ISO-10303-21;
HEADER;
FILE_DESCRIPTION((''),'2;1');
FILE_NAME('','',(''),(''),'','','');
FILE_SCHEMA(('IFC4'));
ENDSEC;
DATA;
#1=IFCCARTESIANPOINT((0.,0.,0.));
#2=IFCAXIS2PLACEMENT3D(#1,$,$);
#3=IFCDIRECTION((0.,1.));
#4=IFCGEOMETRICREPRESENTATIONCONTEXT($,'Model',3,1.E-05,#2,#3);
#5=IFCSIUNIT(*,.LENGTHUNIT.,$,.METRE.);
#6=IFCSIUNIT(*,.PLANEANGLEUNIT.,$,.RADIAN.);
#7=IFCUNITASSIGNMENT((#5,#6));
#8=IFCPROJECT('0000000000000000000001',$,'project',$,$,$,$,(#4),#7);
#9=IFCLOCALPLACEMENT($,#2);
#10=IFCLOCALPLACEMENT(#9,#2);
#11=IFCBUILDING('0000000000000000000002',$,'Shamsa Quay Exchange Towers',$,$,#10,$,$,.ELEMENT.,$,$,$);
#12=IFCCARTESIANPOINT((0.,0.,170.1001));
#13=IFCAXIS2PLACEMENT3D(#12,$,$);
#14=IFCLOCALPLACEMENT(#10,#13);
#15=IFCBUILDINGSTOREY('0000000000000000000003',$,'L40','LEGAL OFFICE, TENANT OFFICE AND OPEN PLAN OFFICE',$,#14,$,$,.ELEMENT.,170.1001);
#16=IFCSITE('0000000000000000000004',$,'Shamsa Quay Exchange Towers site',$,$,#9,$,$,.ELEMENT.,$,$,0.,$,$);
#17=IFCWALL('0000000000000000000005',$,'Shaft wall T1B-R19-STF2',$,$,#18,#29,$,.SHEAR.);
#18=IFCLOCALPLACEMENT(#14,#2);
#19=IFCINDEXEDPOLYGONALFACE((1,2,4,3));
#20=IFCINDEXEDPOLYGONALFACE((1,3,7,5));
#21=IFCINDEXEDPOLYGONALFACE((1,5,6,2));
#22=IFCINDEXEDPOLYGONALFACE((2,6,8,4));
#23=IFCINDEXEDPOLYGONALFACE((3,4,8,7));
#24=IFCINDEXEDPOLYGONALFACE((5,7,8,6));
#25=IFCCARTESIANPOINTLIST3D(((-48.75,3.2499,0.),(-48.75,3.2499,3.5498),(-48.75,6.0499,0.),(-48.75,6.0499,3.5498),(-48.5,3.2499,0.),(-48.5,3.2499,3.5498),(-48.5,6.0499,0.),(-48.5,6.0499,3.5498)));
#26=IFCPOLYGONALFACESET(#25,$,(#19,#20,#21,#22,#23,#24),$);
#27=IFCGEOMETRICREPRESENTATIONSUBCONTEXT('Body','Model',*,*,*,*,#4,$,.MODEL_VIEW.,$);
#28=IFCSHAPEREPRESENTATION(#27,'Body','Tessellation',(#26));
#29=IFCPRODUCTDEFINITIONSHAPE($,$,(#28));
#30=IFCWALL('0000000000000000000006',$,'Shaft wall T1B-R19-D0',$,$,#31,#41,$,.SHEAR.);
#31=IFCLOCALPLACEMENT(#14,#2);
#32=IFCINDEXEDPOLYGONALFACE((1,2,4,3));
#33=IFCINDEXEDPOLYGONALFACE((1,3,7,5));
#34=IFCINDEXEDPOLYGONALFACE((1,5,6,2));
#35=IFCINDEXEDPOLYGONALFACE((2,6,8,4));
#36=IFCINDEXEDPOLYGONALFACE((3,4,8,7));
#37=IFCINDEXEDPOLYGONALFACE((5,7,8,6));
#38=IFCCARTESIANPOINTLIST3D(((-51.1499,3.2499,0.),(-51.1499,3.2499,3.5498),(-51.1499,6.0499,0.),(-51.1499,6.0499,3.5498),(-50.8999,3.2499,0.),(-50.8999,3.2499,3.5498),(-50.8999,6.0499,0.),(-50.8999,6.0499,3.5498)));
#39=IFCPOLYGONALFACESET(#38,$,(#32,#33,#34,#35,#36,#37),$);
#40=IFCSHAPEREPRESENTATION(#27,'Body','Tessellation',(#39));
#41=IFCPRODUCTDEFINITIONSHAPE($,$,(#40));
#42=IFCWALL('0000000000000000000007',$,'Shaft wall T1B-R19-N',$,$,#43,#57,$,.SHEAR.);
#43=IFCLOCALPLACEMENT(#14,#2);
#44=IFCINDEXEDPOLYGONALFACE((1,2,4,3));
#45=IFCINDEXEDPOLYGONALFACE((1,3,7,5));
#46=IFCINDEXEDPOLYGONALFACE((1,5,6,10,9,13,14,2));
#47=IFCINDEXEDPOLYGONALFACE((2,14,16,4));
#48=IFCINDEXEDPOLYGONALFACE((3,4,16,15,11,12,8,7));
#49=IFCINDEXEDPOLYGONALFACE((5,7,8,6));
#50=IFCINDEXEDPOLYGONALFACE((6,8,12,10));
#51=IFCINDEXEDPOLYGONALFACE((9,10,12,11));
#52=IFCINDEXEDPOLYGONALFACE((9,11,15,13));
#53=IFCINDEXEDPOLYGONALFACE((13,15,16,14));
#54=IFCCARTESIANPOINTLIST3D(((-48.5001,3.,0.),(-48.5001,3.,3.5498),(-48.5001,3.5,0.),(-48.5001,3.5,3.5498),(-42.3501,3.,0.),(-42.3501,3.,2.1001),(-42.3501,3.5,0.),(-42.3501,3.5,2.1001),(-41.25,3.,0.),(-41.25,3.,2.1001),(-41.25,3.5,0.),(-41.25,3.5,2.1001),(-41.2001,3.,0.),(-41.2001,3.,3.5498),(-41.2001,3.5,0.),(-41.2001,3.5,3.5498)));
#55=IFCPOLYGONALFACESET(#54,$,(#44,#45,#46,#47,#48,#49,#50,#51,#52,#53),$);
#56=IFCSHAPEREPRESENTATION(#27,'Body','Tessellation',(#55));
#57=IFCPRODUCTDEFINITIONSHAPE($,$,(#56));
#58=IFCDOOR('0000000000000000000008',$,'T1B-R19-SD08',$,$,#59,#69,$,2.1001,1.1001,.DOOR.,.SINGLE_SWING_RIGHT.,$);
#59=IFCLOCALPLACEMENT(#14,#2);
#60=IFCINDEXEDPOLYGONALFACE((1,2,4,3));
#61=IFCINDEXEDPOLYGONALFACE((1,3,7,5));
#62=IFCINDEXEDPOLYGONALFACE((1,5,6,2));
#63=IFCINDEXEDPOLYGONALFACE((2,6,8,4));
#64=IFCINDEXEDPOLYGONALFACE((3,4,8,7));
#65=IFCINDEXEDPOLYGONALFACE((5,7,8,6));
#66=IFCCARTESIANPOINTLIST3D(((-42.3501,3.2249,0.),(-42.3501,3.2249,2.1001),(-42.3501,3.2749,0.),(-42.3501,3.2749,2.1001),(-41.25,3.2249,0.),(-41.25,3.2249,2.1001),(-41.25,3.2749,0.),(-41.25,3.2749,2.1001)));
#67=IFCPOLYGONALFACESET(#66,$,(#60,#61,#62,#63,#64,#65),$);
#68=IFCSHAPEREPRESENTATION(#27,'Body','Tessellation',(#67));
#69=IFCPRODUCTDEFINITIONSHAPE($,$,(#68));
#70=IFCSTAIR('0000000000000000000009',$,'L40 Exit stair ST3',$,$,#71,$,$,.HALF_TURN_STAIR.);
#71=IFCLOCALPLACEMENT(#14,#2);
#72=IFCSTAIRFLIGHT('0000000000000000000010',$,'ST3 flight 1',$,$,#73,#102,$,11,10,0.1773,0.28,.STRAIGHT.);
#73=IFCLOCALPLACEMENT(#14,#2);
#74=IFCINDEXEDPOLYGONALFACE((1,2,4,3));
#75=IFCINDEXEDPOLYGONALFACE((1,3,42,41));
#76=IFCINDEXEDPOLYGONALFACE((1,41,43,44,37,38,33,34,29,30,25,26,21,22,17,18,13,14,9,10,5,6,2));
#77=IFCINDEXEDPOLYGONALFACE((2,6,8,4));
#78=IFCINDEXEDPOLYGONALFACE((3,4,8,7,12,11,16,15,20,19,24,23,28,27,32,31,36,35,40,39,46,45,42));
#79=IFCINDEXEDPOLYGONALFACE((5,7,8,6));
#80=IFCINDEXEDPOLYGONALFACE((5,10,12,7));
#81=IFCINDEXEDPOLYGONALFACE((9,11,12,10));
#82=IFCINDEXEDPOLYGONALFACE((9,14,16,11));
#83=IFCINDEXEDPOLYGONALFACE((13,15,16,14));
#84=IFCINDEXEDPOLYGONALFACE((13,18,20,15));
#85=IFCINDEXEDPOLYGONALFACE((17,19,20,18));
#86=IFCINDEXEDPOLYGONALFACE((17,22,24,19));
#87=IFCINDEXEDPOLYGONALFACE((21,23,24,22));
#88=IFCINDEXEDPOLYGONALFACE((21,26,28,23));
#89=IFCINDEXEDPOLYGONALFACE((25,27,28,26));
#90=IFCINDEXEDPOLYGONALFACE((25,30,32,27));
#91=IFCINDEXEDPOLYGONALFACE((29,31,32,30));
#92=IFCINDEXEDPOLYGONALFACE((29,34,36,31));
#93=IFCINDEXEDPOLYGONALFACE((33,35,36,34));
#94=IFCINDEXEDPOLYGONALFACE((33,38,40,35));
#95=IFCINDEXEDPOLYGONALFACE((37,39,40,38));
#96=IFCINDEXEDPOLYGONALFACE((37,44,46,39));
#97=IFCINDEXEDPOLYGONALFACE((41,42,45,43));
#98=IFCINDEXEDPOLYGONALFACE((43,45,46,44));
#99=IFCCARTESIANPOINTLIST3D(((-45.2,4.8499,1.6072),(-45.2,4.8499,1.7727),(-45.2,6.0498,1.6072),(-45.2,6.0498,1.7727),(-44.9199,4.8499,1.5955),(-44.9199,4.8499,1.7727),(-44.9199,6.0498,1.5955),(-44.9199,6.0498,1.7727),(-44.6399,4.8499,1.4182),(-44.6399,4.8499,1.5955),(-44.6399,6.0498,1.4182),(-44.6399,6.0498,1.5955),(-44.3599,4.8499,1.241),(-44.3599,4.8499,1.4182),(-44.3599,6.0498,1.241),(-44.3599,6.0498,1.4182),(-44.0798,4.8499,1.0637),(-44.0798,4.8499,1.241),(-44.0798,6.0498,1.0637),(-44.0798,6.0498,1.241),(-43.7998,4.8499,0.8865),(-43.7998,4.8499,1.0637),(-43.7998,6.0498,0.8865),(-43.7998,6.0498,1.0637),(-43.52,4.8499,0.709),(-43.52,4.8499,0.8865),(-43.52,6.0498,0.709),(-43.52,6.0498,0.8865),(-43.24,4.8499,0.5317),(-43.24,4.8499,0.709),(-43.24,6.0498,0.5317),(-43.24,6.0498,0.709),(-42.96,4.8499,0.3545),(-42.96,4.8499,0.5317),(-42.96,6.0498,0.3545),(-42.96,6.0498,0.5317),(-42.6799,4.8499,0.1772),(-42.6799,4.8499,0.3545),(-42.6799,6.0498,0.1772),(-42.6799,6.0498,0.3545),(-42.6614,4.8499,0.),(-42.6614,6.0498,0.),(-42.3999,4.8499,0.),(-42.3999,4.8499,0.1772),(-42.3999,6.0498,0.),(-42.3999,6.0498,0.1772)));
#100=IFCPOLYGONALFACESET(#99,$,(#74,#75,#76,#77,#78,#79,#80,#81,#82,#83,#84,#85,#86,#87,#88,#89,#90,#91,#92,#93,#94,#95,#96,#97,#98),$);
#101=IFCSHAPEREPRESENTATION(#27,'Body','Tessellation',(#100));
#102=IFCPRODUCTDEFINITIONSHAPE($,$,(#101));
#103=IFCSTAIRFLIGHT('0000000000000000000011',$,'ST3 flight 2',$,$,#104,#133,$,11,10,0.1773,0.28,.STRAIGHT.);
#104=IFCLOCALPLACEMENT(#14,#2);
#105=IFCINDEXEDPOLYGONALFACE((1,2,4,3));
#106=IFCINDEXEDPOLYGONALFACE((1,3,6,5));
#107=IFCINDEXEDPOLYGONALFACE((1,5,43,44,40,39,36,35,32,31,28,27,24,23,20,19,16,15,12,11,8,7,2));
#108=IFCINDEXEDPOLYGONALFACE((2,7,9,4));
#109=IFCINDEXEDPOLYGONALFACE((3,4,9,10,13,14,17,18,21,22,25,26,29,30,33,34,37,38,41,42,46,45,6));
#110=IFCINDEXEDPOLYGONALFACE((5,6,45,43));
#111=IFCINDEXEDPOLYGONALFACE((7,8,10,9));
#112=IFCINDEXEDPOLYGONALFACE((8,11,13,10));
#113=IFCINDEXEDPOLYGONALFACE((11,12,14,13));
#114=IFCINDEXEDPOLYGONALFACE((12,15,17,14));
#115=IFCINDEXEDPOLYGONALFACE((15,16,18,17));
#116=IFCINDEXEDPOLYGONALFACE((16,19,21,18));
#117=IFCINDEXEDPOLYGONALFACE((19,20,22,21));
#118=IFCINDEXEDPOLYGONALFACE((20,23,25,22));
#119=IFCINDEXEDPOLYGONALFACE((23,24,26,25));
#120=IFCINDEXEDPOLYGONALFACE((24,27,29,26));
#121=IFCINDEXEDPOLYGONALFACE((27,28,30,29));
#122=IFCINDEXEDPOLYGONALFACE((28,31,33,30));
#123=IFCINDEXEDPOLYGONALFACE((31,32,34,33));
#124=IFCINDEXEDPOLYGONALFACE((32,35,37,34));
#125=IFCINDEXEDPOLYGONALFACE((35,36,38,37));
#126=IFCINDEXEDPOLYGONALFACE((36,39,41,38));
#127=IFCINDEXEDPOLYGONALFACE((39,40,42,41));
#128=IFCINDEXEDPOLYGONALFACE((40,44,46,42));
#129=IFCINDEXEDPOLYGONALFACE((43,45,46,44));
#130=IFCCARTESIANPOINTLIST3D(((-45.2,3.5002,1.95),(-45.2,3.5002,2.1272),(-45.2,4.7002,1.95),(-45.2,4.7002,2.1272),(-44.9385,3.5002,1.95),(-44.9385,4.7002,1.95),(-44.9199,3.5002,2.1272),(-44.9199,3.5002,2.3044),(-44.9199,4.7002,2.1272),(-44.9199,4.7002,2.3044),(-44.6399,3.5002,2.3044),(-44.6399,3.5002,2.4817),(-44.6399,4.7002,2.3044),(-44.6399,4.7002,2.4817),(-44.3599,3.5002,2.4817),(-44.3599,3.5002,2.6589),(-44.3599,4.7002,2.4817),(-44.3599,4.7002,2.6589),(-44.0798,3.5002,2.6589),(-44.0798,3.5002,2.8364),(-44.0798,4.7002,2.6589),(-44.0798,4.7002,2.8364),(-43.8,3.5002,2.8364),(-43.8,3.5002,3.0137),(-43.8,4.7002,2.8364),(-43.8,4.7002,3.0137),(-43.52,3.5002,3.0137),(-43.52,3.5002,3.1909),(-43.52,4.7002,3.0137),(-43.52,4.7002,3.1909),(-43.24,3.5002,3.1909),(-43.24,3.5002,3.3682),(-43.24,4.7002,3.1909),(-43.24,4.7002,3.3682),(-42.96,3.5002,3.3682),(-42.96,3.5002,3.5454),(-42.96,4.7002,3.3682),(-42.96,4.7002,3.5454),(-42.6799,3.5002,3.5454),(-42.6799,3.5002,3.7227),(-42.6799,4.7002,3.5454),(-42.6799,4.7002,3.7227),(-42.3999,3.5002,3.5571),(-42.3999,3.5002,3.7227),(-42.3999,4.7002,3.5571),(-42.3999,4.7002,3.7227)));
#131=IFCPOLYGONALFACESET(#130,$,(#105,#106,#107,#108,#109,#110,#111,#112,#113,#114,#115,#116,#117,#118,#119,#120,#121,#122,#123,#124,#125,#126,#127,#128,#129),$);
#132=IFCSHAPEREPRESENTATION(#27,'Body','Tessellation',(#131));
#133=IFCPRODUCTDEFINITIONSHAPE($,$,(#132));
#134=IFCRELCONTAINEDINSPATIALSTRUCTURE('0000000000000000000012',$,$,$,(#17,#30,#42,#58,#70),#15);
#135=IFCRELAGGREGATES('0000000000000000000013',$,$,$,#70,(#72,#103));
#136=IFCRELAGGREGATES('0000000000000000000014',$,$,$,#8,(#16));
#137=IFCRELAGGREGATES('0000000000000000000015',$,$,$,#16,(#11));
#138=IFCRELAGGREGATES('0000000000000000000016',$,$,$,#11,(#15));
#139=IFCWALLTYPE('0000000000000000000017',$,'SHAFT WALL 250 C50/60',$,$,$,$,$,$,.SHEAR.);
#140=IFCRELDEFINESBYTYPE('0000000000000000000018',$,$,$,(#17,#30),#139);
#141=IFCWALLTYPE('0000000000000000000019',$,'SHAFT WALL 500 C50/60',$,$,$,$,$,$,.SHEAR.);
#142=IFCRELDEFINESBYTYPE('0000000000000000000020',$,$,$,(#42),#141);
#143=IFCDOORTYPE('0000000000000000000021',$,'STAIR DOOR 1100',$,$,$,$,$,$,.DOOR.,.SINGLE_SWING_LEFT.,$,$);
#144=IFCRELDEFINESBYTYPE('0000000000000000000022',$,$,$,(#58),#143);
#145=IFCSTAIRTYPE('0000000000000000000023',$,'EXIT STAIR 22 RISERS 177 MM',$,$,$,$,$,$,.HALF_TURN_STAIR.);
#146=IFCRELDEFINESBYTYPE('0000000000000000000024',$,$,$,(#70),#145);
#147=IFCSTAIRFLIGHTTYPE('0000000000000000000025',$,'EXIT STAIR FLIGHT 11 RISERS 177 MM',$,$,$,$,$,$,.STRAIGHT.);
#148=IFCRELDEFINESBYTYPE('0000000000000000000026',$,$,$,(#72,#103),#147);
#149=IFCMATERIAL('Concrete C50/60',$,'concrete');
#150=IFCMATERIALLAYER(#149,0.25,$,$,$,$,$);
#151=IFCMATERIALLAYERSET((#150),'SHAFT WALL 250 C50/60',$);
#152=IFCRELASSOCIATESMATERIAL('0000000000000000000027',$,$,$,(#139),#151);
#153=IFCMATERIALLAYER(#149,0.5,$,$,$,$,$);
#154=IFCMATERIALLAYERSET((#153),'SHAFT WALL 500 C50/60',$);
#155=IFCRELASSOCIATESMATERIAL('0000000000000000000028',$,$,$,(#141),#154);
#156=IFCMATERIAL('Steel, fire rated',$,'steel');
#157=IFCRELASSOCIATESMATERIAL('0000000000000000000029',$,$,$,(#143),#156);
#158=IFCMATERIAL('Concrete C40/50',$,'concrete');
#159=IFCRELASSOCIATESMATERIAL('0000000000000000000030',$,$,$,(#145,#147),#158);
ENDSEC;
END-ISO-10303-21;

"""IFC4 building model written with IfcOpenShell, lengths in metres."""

from ifc_helpers import new_model, si_unit, direction, frame, frame_2d, origin, place, context, subcontext, project, spatial, polyline, rectangle, outline, extrude, material, layer, layer_set, type_object, element, fill, aggregate, save


model = new_model("IFC4")

# Units and contexts
model_context = context("Model", 3, precision=1e-05, world=origin(), true_north=direction((0.0, 1.0)))
body_context = subcontext(model_context, "Body", "Model", "MODEL_VIEW")
ifc_project = project(units=[si_unit("LENGTHUNIT", "METRE"), si_unit("PLANEANGLEUNIT", "RADIAN")], contexts=[model_context])

# Site, building, storey
site_placement = place(None, origin())
site = spatial("IfcSite", under=ifc_project, at=site_placement, Name="Shamsa Quay Exchange Towers site", CompositionType="ELEMENT", RefElevation=0.0)
building_placement = place(site_placement, origin())
building = spatial("IfcBuilding", under=site, at=building_placement, Name="Shamsa Quay Exchange Towers", CompositionType="ELEMENT")
storey_placement = place(building_placement, frame((0.0, 0.0, 170.1001)))
storey = spatial("IfcBuildingStorey", under=building, at=storey_placement, Name="L40", Description="LEGAL OFFICE, TENANT OFFICE AND OPEN PLAN OFFICE", CompositionType="ELEMENT", Elevation=170.1001)

# Shared definitions
ifc_material_1 = material(Name="Concrete C50/60", Category="concrete")
ifc_layer_1 = layer(ifc_material_1, 0.25)
ifc_layer_set_1 = layer_set([ifc_layer_1], Name="SHAFT WALL 250 C50/60")
wall_type_1 = type_object("IfcWallType", Name="SHAFT WALL 250 C50/60", PredefinedType="SHEAR", material=ifc_layer_set_1)
ifc_material_2 = material(Name="Steel, fire rated", Category="steel")

# Walls
for number, where, z_axis, x_axis, name in (
    (1, (-48.625, 3.25, 0.0), (0.0, 0.0, 1.0), (0.0, 1.0, 0.0), "Shaft wall T1B-R19-STF2"),
    (2, (-51.0249, 3.25, 0.0), (0.0, 0.0, 1.0), (0.0, 1.0, 0.0), "Shaft wall T1B-R19-D0"),
):
    element("IfcWall", number, at=place(storey_placement, frame(where, z_axis=z_axis, x_axis=x_axis)), inside=storey, type_object=wall_type_1, Name=name, PredefinedType="SHEAR", context=body_context, shape_type="SweptSolid", body=[
        extrude(rectangle(XDim=2.8, YDim=0.25, at=frame_2d((1.3999, 0.0))), origin(), (0.0, 0.0, 1.0), 3.5498),
    ])

# Wall, opening, door
ifc_layer_2 = layer(ifc_material_1, 0.5)
ifc_layer_set_2 = layer_set([ifc_layer_2], Name="SHAFT WALL 500 C50/60")
wall_type_2 = type_object("IfcWallType", Name="SHAFT WALL 500 C50/60", PredefinedType="SHEAR", material=ifc_layer_set_2)
wall_1_placement = place(storey_placement, frame((-48.5, 3.25, 0.0)))
wall_1 = element("IfcWall", 3, at=wall_1_placement, inside=storey, type_object=wall_type_2, Name="Shaft wall T1B-R19-N", PredefinedType="SHEAR", context=body_context, shape_type="SweptSolid", body=[
    extrude(rectangle(XDim=7.3, YDim=0.5, at=frame_2d((3.6499, 0.0))), origin(), (0.0, 0.0, 1.0), 3.5498),
])
opening_1_placement = place(wall_1_placement, frame((6.1499, 0.0, 0.0)))
opening_1 = element("IfcOpeningElement", 4, at=opening_1_placement, cuts=wall_1, PredefinedType="OPENING", context=body_context, shape_type="SweptSolid", body=[
    extrude(rectangle(XDim=1.1001, YDim=2.1001, at=frame_2d((0.55, 1.05))), frame((0.0, 0.26, 0.0), z_axis=(0.0, -1.0, 0.0), x_axis=(1.0, 0.0, 0.0)), (0.0, 0.0, 1.0), 0.52),
])
door_type_1 = type_object("IfcDoorType", Name="STAIR DOOR 1100", OperationType="SINGLE_SWING_LEFT", PredefinedType="DOOR", material=ifc_material_2)
door_1_placement = place(opening_1_placement, origin())
door_1 = element("IfcDoor", 5, at=door_1_placement, inside=storey, type_object=door_type_1, Name="T1B-R19-SD08", OperationType="SINGLE_SWING_RIGHT", OverallHeight=2.1001, OverallWidth=1.1001, PredefinedType="DOOR", context=body_context, shape_type="SweptSolid", body=[
    extrude(rectangle(XDim=1.1001, YDim=2.1001, at=frame_2d((0.55, 1.05))), frame((0.0, 0.0249, 0.0), z_axis=(0.0, -1.0, 0.0), x_axis=(1.0, 0.0, 0.0)), (0.0, 0.0, 1.0), 0.05),
])
fill(opening_1, door_1)

# Stair, stair flights
ifc_material_3 = material(Name="Concrete C40/50", Category="concrete")
stair_type = type_object("IfcStairType", Name="EXIT STAIR 22 RISERS 177 MM", PredefinedType="HALF_TURN_STAIR", material=ifc_material_3)
stair_placement = place(storey_placement, origin())
stair = element("IfcStair", 6, at=stair_placement, inside=storey, type_object=stair_type, Name="L40 Exit stair ST3", PredefinedType="HALF_TURN_STAIR")
stair_flight_type = type_object("IfcStairFlightType", Name="EXIT STAIR FLIGHT 11 RISERS 177 MM", PredefinedType="STRAIGHT", material=ifc_material_3)
stair_flight_1_placement = place(storey_placement, frame((-42.3999, 5.45, 0.0), z_axis=(0.0, 0.0, 1.0), x_axis=(-1.0, 0.0, 0.0)))
stair_flight_1 = element("IfcStairFlight", 7, at=stair_flight_1_placement, type_object=stair_flight_type, Name="ST3 flight 1", NumberOfRisers=11, NumberOfTreads=10, PredefinedType="STRAIGHT", RiserHeight=0.1773, TreadLength=0.28, context=body_context, shape_type="SweptSolid", body=[
    extrude(outline(polyline([(0.0, 0.0), (0.0, 0.1772), (0.28, 0.1772), (0.28, 0.3545), (0.5601, 0.3545), (0.5601, 0.5317), (0.8401, 0.5317), (0.8401, 0.709), (1.1201, 0.709), (1.1201, 0.8865), (1.3999, 0.8865), (1.3999, 1.0637), (1.6799, 1.0637), (1.6799, 1.241), (1.96, 1.241), (1.96, 1.4182), (2.24, 1.4182), (2.24, 1.5955), (2.52, 1.5955), (2.52, 1.7727), (2.8, 1.7727), (2.8, 1.95), (2.8, 1.6072), (0.2615, 0.0), (0.0, 0.0)])), frame((0.0, 0.6001, 0.0), z_axis=(0.0, -1.0, 0.0), x_axis=(1.0, 0.0, 0.0)), (0.0, 0.0, 1.0), 1.2),
])
stair_flight_2_placement = place(storey_placement, frame((-45.2, 4.1001, 1.95)))
stair_flight_2 = element("IfcStairFlight", 8, at=stair_flight_2_placement, type_object=stair_flight_type, Name="ST3 flight 2", NumberOfRisers=11, NumberOfTreads=10, PredefinedType="STRAIGHT", RiserHeight=0.1773, TreadLength=0.28, context=body_context, shape_type="SweptSolid", body=[
    extrude(outline(polyline([(0.0, 0.0), (0.0, 0.1772), (0.28, 0.1772), (0.28, 0.3545), (0.5601, 0.3545), (0.5601, 0.5317), (0.8401, 0.5317), (0.8401, 0.709), (1.1201, 0.709), (1.1201, 0.8865), (1.3999, 0.8865), (1.3999, 1.0637), (1.6799, 1.0637), (1.6799, 1.241), (1.96, 1.241), (1.96, 1.4182), (2.24, 1.4182), (2.24, 1.5955), (2.52, 1.5955), (2.52, 1.7727), (2.8, 1.7727), (2.8, 1.95), (2.8, 1.6072), (0.2615, 0.0), (0.0, 0.0)])), frame((0.0, 0.6001, 0.0), z_axis=(0.0, -1.0, 0.0), x_axis=(1.0, 0.0, 0.0)), (0.0, 0.0, 1.0), 1.2),
])
aggregate(stair, [stair_flight_1, stair_flight_2])

save(model, "model.ifc")
